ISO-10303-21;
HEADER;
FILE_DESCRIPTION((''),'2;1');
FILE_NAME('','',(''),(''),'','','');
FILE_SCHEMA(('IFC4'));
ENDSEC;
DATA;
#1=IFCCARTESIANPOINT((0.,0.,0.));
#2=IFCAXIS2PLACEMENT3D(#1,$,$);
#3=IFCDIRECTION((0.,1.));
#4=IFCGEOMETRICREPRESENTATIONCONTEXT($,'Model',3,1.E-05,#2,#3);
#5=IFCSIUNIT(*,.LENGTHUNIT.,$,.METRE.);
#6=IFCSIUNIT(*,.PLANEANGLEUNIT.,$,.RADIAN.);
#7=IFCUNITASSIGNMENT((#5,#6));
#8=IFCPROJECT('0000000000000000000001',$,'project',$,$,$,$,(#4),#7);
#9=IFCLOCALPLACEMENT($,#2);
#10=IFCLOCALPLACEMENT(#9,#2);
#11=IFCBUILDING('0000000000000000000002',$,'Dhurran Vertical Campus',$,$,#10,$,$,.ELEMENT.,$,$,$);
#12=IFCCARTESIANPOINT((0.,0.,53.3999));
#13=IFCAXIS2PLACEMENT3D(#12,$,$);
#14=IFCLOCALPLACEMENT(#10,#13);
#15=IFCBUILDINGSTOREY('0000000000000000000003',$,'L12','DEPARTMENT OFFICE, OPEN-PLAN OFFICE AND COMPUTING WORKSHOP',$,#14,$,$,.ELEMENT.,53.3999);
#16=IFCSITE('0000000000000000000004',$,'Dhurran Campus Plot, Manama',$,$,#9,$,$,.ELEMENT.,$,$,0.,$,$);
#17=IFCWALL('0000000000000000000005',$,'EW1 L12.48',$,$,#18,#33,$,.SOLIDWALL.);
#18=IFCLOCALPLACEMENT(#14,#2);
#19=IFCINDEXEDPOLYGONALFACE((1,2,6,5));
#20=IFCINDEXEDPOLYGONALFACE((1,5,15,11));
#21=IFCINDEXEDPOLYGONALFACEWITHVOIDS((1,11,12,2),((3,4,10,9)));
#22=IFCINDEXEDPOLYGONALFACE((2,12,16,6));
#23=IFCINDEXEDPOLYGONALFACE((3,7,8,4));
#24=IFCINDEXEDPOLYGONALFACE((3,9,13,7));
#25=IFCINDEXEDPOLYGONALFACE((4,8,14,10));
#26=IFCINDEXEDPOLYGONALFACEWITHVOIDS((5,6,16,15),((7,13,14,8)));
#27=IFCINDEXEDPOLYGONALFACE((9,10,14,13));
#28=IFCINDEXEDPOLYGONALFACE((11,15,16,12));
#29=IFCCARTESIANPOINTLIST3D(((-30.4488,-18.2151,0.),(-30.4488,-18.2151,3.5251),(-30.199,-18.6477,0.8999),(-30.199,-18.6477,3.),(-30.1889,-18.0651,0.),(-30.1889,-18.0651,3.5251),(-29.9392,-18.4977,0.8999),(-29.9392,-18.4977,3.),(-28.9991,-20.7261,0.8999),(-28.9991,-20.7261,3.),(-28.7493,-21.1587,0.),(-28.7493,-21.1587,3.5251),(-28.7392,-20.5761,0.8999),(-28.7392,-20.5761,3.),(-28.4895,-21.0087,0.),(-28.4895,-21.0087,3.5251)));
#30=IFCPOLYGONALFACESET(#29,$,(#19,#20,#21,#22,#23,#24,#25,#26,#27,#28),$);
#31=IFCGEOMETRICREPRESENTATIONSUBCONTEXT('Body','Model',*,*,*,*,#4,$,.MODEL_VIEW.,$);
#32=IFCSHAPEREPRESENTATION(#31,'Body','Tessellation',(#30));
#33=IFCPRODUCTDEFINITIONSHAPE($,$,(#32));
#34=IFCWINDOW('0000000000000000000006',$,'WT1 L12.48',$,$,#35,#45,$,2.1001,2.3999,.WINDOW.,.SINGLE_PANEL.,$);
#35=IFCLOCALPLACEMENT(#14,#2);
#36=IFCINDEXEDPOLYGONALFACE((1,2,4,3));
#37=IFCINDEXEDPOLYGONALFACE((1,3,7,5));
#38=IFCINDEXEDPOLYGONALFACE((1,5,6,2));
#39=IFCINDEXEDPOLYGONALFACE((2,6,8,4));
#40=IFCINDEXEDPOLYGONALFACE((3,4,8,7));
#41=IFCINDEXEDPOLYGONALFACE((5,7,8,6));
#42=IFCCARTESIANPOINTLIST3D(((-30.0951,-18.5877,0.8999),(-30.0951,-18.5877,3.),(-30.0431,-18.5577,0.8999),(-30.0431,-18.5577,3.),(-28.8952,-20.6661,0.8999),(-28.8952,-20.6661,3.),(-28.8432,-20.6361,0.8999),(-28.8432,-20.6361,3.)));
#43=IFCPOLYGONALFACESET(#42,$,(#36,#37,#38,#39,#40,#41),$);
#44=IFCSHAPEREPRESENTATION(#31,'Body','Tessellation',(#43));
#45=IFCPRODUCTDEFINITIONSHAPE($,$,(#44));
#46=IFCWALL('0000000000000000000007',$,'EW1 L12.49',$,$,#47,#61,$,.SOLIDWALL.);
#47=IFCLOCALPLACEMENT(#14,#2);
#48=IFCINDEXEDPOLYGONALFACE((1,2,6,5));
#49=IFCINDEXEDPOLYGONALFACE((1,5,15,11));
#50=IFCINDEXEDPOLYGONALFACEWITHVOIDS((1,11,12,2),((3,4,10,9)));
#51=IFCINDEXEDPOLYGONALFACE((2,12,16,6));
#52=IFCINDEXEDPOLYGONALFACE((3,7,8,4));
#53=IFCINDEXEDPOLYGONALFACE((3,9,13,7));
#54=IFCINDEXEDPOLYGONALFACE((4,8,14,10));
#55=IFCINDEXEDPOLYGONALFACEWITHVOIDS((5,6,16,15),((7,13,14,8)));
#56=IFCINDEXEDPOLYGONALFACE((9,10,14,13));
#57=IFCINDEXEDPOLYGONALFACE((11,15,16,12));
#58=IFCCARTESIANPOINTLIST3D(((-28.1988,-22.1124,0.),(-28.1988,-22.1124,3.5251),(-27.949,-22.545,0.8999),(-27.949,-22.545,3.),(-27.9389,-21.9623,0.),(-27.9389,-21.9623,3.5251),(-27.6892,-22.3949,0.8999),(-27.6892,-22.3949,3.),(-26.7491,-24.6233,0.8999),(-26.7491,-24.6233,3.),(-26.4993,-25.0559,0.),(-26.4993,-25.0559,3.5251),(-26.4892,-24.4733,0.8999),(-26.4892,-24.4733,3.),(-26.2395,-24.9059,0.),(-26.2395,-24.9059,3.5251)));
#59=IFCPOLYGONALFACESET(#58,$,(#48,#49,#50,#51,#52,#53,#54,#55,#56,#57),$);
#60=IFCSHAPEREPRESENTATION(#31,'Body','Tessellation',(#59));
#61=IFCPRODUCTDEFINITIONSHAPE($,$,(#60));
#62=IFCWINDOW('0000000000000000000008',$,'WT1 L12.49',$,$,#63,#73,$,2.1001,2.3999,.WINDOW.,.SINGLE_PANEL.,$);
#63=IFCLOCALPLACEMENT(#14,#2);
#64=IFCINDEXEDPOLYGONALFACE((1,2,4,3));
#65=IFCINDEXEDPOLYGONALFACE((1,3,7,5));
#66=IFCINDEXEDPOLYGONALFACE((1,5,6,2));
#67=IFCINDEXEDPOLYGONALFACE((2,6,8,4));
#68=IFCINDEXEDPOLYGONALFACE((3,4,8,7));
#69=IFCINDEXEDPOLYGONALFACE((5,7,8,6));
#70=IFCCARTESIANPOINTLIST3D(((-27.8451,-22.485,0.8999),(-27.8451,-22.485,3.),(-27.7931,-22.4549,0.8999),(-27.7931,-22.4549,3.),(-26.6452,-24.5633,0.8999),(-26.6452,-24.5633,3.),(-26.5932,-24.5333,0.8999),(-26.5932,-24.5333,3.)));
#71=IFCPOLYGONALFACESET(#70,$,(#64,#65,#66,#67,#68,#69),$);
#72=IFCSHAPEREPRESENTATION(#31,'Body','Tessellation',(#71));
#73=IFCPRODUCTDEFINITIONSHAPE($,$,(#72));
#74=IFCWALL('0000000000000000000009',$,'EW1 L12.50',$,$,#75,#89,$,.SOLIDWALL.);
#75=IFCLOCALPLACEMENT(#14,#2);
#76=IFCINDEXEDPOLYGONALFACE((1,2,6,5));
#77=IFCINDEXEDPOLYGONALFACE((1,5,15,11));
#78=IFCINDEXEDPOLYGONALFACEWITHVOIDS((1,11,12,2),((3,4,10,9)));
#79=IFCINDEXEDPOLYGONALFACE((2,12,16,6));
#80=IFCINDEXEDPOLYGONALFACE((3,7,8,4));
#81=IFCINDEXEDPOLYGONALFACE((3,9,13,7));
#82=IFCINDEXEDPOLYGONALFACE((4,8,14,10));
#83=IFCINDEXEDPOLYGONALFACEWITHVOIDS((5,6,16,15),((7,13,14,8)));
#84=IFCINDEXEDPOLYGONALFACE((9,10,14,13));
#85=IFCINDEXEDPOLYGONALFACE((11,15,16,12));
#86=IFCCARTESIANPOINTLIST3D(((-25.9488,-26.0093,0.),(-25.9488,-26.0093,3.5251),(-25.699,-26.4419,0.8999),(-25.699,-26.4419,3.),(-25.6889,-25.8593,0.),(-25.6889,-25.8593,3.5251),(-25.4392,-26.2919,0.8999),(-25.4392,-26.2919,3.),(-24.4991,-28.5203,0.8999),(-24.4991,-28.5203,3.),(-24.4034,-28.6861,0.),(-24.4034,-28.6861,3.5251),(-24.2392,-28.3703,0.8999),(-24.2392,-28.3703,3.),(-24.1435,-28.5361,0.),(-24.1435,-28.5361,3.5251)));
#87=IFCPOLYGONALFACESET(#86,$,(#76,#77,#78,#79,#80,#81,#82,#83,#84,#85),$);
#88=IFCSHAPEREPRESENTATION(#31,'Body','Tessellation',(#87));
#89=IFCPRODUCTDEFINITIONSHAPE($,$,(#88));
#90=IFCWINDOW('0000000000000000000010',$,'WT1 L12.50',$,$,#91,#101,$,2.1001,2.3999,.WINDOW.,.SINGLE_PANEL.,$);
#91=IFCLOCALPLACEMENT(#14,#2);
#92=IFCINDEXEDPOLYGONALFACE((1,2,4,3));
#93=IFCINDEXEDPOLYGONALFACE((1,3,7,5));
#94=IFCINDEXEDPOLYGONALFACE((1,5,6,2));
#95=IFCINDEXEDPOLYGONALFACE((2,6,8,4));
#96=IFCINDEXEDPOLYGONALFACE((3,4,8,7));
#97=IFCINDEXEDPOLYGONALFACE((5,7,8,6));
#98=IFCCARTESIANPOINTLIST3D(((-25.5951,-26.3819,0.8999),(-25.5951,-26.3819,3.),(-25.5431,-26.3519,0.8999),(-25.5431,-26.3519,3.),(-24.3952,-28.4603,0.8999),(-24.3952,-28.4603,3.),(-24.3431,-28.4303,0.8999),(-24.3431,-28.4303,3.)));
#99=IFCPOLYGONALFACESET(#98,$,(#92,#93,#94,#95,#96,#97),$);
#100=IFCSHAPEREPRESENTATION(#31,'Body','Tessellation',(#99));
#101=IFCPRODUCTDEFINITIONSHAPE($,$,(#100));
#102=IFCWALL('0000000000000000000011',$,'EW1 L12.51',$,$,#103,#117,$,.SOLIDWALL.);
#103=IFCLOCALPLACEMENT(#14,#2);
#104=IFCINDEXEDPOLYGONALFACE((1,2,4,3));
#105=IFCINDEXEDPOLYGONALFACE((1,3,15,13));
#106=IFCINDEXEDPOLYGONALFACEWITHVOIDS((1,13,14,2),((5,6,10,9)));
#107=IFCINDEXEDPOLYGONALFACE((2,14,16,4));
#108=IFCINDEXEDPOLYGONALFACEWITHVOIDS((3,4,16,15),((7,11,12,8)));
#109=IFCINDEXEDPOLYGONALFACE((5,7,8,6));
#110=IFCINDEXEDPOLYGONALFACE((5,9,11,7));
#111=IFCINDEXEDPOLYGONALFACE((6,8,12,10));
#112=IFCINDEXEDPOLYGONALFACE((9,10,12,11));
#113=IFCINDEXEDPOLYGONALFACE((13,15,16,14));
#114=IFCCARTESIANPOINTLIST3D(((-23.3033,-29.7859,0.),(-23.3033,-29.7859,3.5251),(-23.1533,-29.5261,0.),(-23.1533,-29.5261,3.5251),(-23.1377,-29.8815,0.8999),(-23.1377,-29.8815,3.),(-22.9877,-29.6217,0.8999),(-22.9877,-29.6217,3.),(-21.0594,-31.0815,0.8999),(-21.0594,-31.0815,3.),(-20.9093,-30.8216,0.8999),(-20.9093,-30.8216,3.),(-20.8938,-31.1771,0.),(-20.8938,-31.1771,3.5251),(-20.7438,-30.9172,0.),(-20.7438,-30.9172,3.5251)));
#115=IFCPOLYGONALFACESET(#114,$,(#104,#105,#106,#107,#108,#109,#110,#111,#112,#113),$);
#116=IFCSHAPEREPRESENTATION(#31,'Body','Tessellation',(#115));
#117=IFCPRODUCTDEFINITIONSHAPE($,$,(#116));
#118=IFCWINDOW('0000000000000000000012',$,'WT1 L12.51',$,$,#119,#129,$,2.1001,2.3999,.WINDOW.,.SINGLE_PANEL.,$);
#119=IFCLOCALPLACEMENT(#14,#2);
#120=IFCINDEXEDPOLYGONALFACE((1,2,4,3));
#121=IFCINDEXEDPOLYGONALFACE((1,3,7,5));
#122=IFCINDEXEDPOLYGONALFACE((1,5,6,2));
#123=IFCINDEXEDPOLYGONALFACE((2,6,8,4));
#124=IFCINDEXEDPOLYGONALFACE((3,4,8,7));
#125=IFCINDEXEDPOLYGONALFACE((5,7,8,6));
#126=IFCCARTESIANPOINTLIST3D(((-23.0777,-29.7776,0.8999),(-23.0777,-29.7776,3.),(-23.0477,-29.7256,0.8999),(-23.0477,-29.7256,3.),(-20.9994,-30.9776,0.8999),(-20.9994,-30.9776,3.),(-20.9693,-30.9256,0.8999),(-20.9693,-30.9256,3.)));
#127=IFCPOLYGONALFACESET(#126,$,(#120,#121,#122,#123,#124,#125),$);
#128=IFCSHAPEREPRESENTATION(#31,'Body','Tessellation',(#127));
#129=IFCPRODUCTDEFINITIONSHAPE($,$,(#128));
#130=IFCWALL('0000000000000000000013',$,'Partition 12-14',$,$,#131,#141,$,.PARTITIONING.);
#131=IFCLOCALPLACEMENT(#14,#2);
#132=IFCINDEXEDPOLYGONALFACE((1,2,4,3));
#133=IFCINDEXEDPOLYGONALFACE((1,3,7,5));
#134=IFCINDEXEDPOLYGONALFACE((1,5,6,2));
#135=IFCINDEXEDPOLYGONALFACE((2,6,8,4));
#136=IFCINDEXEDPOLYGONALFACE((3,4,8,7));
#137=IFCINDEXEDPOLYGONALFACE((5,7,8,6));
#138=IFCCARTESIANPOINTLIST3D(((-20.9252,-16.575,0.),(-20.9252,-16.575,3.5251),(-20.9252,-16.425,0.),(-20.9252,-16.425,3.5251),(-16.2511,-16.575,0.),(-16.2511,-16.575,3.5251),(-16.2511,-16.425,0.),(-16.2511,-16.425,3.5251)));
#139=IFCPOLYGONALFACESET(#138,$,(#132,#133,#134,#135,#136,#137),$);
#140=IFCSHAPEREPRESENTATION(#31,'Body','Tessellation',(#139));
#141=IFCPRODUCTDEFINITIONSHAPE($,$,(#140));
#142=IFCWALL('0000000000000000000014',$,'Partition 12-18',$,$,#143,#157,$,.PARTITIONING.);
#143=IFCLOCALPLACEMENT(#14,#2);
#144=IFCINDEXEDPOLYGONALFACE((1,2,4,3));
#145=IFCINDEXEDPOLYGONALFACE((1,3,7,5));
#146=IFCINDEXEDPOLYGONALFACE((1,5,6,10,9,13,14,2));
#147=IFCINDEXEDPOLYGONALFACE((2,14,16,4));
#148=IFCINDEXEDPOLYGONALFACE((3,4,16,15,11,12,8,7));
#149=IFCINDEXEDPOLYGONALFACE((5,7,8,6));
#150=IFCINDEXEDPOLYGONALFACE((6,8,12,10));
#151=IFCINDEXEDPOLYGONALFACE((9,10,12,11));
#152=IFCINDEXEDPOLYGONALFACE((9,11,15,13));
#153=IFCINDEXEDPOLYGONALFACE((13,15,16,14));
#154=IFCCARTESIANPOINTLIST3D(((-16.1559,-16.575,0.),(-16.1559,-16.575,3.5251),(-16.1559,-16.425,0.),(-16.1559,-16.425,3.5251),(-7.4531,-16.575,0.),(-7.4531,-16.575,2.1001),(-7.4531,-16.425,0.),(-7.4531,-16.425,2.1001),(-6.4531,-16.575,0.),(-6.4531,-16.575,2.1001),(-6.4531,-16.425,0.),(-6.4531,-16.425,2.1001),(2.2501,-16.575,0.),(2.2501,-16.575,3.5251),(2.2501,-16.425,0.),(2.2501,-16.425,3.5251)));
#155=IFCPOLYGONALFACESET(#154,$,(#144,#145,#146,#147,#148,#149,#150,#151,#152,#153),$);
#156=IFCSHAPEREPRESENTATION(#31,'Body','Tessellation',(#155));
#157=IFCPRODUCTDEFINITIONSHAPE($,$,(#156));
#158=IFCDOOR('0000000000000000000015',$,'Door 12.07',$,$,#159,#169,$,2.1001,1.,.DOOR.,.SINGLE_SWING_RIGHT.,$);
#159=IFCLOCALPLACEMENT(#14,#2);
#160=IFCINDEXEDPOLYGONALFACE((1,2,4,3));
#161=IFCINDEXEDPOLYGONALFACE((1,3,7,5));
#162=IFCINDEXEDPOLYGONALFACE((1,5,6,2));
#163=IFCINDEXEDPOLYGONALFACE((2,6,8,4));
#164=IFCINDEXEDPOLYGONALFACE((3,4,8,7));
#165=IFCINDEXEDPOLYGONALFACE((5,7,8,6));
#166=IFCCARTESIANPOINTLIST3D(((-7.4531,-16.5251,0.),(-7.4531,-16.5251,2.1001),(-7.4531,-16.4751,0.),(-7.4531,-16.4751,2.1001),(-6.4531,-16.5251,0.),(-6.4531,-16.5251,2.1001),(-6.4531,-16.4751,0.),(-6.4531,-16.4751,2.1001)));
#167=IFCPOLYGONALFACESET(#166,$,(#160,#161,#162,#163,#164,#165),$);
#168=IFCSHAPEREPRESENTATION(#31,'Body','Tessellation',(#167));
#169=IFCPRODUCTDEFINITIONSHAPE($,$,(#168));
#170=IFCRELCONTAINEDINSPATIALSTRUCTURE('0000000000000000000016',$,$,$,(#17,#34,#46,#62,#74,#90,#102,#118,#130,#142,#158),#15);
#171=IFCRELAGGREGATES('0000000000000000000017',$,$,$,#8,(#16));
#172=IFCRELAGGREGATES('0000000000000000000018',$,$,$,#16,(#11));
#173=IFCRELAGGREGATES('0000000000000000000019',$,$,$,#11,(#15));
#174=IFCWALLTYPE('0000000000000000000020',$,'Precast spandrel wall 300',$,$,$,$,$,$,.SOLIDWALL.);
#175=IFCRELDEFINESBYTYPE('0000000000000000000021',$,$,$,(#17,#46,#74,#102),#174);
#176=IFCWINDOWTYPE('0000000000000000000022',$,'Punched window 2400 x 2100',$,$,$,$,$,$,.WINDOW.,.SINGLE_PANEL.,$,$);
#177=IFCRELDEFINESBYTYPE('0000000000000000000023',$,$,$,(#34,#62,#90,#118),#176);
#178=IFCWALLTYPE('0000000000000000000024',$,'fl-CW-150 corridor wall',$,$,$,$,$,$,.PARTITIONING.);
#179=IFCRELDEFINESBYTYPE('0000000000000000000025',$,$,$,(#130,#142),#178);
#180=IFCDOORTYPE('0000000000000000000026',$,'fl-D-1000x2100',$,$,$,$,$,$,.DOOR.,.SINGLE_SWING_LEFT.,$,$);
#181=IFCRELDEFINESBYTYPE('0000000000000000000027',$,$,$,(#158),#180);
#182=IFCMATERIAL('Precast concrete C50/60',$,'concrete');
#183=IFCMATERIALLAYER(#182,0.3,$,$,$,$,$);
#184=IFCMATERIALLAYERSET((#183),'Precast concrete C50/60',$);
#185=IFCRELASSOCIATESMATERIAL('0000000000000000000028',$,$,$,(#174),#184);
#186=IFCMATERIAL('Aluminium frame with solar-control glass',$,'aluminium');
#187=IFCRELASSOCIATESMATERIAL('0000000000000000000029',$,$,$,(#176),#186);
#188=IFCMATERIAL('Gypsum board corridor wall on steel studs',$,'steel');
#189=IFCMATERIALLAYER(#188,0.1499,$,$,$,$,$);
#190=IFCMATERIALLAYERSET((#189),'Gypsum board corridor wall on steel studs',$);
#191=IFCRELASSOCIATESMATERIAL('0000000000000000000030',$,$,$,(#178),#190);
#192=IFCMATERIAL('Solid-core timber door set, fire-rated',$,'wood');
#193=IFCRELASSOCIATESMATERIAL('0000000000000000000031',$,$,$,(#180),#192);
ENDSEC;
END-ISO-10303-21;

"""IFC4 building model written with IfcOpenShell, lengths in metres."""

from ifc_helpers import new_model, si_unit, direction, frame, frame_2d, origin, place, context, subcontext, project, spatial, rectangle, extrude, material, layer, layer_set, type_object, element, fill, save


model = new_model("IFC4")

# Units and contexts
model_context = context("Model", 3, precision=1e-05, world=origin(), true_north=direction((0.0, 1.0)))
body_context = subcontext(model_context, "Body", "Model", "MODEL_VIEW")
ifc_project = project(units=[si_unit("LENGTHUNIT", "METRE"), si_unit("PLANEANGLEUNIT", "RADIAN")], contexts=[model_context])

# Site, building, storey
site_placement = place(None, origin())
site = spatial("IfcSite", under=ifc_project, at=site_placement, Name="Dhurran Campus Plot, Manama", CompositionType="ELEMENT", RefElevation=0.0)
building_placement = place(site_placement, origin())
building = spatial("IfcBuilding", under=site, at=building_placement, Name="Dhurran Vertical Campus", CompositionType="ELEMENT")
storey_placement = place(building_placement, frame((0.0, 0.0, 53.3999)))
storey = spatial("IfcBuildingStorey", under=building, at=storey_placement, Name="L12", Description="DEPARTMENT OFFICE, OPEN-PLAN OFFICE AND COMPUTING WORKSHOP", CompositionType="ELEMENT", Elevation=53.3999)

# Walls, openings, windows
ifc_material_1 = material(Name="Precast concrete C50/60", Category="concrete")
ifc_layer_1 = layer(ifc_material_1, 0.3)
ifc_layer_set_1 = layer_set([ifc_layer_1], Name="Precast concrete C50/60")
wall_type_1 = type_object("IfcWallType", Name="Precast spandrel wall 300", PredefinedType="SOLIDWALL", material=ifc_layer_set_1)
ifc_material_2 = material(Name="Aluminium frame with solar-control glass", Category="aluminium")
window_type = type_object("IfcWindowType", Name="Punched window 2400 x 2100", PartitioningType="SINGLE_PANEL", PredefinedType="WINDOW", material=ifc_material_2)
wall_1_placement = place(storey_placement, frame((-30.3188, -18.1401, 0.0), z_axis=(0.0, 0.0, 1.0), x_axis=(0.499994, -0.866029, 0.0)))
wall_1 = element("IfcWall", 1, at=wall_1_placement, inside=storey, type_object=wall_type_1, Name="EW1 L12.48", PredefinedType="SOLIDWALL", context=body_context, shape_type="SweptSolid", body=[
    extrude(rectangle(XDim=3.3989, YDim=0.3, at=frame_2d((1.6995, 0.0))), origin(), (0.0, 0.0, 1.0), 3.5251),
])
opening_1_placement = place(wall_1_placement, frame((0.4995, 0.0, 0.8999)))
opening_1 = element("IfcOpeningElement", 2, at=opening_1_placement, cuts=wall_1, PredefinedType="OPENING", context=body_context, shape_type="SweptSolid", body=[
    extrude(rectangle(XDim=2.3999, YDim=2.1001, at=frame_2d((1.2, 1.05))), frame((0.0, 0.1599, 0.0), z_axis=(0.0, -1.0, 0.0), x_axis=(1.0, 0.0, 0.0)), (0.0, 0.0, 1.0), 0.3201),
])
window_1_placement = place(opening_1_placement, origin())
window_1 = element("IfcWindow", 3, at=window_1_placement, inside=storey, type_object=window_type, Name="WT1 L12.48", OverallHeight=2.1001, OverallWidth=2.3999, PartitioningType="SINGLE_PANEL", PredefinedType="WINDOW", context=body_context, shape_type="SweptSolid", body=[
    extrude(rectangle(XDim=2.3999, YDim=2.1001, at=frame_2d((1.2, 1.05))), frame((0.0, 0.03, 0.0), z_axis=(0.0, -1.0, 0.0), x_axis=(1.0, 0.0, 0.0)), (0.0, 0.0, 1.0), 0.0601),
])
fill(opening_1, window_1)
wall_2_placement = place(storey_placement, frame((-28.0688, -22.0374, 0.0), z_axis=(0.0, 0.0, 1.0), x_axis=(0.499994, -0.866029, 0.0)))
wall_2 = element("IfcWall", 4, at=wall_2_placement, inside=storey, type_object=wall_type_1, Name="EW1 L12.49", PredefinedType="SOLIDWALL", context=body_context, shape_type="SweptSolid", body=[
    extrude(rectangle(XDim=3.3989, YDim=0.3, at=frame_2d((1.6995, 0.0))), origin(), (0.0, 0.0, 1.0), 3.5251),
])
opening_2_placement = place(wall_2_placement, frame((0.4995, 0.0, 0.8999)))
opening_2 = element("IfcOpeningElement", 5, at=opening_2_placement, cuts=wall_2, PredefinedType="OPENING", context=body_context, shape_type="SweptSolid", body=[
    extrude(rectangle(XDim=2.3999, YDim=2.1001, at=frame_2d((1.2, 1.05))), frame((0.0, 0.1599, 0.0), z_axis=(0.0, -1.0, 0.0), x_axis=(1.0, 0.0, 0.0)), (0.0, 0.0, 1.0), 0.3201),
])
window_2_placement = place(opening_2_placement, origin())
window_2 = element("IfcWindow", 6, at=window_2_placement, inside=storey, type_object=window_type, Name="WT1 L12.49", OverallHeight=2.1001, OverallWidth=2.3999, PartitioningType="SINGLE_PANEL", PredefinedType="WINDOW", context=body_context, shape_type="SweptSolid", body=[
    extrude(rectangle(XDim=2.3999, YDim=2.1001, at=frame_2d((1.2, 1.05))), frame((0.0, 0.03, 0.0), z_axis=(0.0, -1.0, 0.0), x_axis=(1.0, 0.0, 0.0)), (0.0, 0.0, 1.0), 0.0601),
])
fill(opening_2, window_2)
wall_3_placement = place(storey_placement, frame((-25.8188, -25.9343, 0.0), z_axis=(0.0, 0.0, 1.0), x_axis=(0.499996, -0.866028, 0.0)))
wall_3 = element("IfcWall", 7, at=wall_3_placement, inside=storey, type_object=wall_type_1, Name="EW1 L12.50", PredefinedType="SOLIDWALL", context=body_context, shape_type="SweptSolid", body=[
    extrude(rectangle(XDim=3.0908, YDim=0.3, at=frame_2d((1.5454, 0.0))), origin(), (0.0, 0.0, 1.0), 3.5251),
])
opening_3_placement = place(wall_3_placement, frame((0.4995, 0.0, 0.8999)))
opening_3 = element("IfcOpeningElement", 8, at=opening_3_placement, cuts=wall_3, PredefinedType="OPENING", context=body_context, shape_type="SweptSolid", body=[
    extrude(rectangle(XDim=2.3999, YDim=2.1001, at=frame_2d((1.2, 1.05))), frame((0.0, 0.1599, 0.0), z_axis=(0.0, -1.0, 0.0), x_axis=(1.0, 0.0, 0.0)), (0.0, 0.0, 1.0), 0.3201),
])
window_3_placement = place(opening_3_placement, origin())
window_3 = element("IfcWindow", 9, at=window_3_placement, inside=storey, type_object=window_type, Name="WT1 L12.50", OverallHeight=2.1001, OverallWidth=2.3999, PartitioningType="SINGLE_PANEL", PredefinedType="WINDOW", context=body_context, shape_type="SweptSolid", body=[
    extrude(rectangle(XDim=2.3999, YDim=2.1001, at=frame_2d((1.2, 1.05))), frame((0.0, 0.03, 0.0), z_axis=(0.0, -1.0, 0.0), x_axis=(1.0, 0.0, 0.0)), (0.0, 0.0, 1.0), 0.0601),
])
fill(opening_3, window_3)
wall_4_placement = place(storey_placement, frame((-23.2283, -29.656, 0.0), z_axis=(0.0, 0.0, 1.0), x_axis=(0.86602, -0.500009, 0.0)))
wall_4 = element("IfcWall", 10, at=wall_4_placement, inside=storey, type_object=wall_type_1, Name="EW1 L12.51", PredefinedType="SOLIDWALL", context=body_context, shape_type="SweptSolid", body=[
    extrude(rectangle(XDim=2.7822, YDim=0.3, at=frame_2d((1.3911, 0.0))), origin(), (0.0, 0.0, 1.0), 3.5251),
])
opening_4_placement = place(wall_4_placement, frame((0.1912, 0.0, 0.8999)))
opening_4 = element("IfcOpeningElement", 11, at=opening_4_placement, cuts=wall_4, PredefinedType="OPENING", context=body_context, shape_type="SweptSolid", body=[
    extrude(rectangle(XDim=2.3999, YDim=2.1001, at=frame_2d((1.2, 1.05))), frame((0.0, 0.1599, 0.0), z_axis=(0.0, -1.0, 0.0), x_axis=(1.0, 0.0, 0.0)), (0.0, 0.0, 1.0), 0.3201),
])
window_4_placement = place(opening_4_placement, origin())
window_4 = element("IfcWindow", 12, at=window_4_placement, inside=storey, type_object=window_type, Name="WT1 L12.51", OverallHeight=2.1001, OverallWidth=2.3999, PartitioningType="SINGLE_PANEL", PredefinedType="WINDOW", context=body_context, shape_type="SweptSolid", body=[
    extrude(rectangle(XDim=2.3999, YDim=2.1001, at=frame_2d((1.2, 1.05))), frame((0.0, 0.03, 0.0), z_axis=(0.0, -1.0, 0.0), x_axis=(1.0, 0.0, 0.0)), (0.0, 0.0, 1.0), 0.0601),
])
fill(opening_4, window_4)

# Wall
ifc_material_3 = material(Name="Gypsum board corridor wall on steel studs", Category="steel")
ifc_layer_2 = layer(ifc_material_3, 0.1499)
ifc_layer_set_2 = layer_set([ifc_layer_2], Name="Gypsum board corridor wall on steel studs")
wall_type_2 = type_object("IfcWallType", Name="fl-CW-150 corridor wall", PredefinedType="PARTITIONING", material=ifc_layer_set_2)
wall_5_placement = place(storey_placement, frame((-20.925, -16.5, 0.0), z_axis=(0.0, 0.0, 1.0), x_axis=(1.0, 0.0, 0.0)))
element("IfcWall", 13, at=wall_5_placement, inside=storey, type_object=wall_type_2, Name="Partition 12-14", PredefinedType="PARTITIONING", context=body_context, shape_type="SweptSolid", body=[
    extrude(rectangle(XDim=4.6741, YDim=0.1499, at=frame_2d((2.3369, 0.0))), origin(), (0.0, 0.0, 1.0), 3.5251),
])

# Wall, opening, door
wall_6_placement = place(storey_placement, frame((-16.156, -16.5, 0.0), z_axis=(0.0, 0.0, 1.0), x_axis=(1.0, 0.0, 0.0)))
wall_6 = element("IfcWall", 14, at=wall_6_placement, inside=storey, type_object=wall_type_2, Name="Partition 12-18", PredefinedType="PARTITIONING", context=body_context, shape_type="SweptSolid", body=[
    extrude(rectangle(XDim=18.406, YDim=0.1499, at=frame_2d((9.2031, 0.0))), origin(), (0.0, 0.0, 1.0), 3.5251),
])
opening_5_placement = place(wall_6_placement, frame((8.7029, 0.0, 0.0)))
opening_5 = element("IfcOpeningElement", 15, at=opening_5_placement, cuts=wall_6, PredefinedType="OPENING", context=body_context, shape_type="SweptSolid", body=[
    extrude(rectangle(XDim=1.0, YDim=2.1001, at=frame_2d((0.5, 1.05))), frame((0.0, 0.085, 0.0), z_axis=(0.0, -1.0, 0.0), x_axis=(1.0, 0.0, 0.0)), (0.0, 0.0, 1.0), 0.1699),
])
ifc_material_4 = material(Name="Solid-core timber door set, fire-rated", Category="wood")
door_type = type_object("IfcDoorType", Name="fl-D-1000x2100", OperationType="SINGLE_SWING_LEFT", PredefinedType="DOOR", material=ifc_material_4)
door_placement = place(opening_5_placement, origin())
door = element("IfcDoor", 16, at=door_placement, inside=storey, type_object=door_type, Name="Door 12.07", OperationType="SINGLE_SWING_RIGHT", OverallHeight=2.1001, OverallWidth=1.0, PredefinedType="DOOR", context=body_context, shape_type="SweptSolid", body=[
    extrude(rectangle(XDim=1.0, YDim=2.1001, at=frame_2d((0.5, 1.05))), frame((0.0, 0.0249, 0.0), z_axis=(0.0, -1.0, 0.0), x_axis=(1.0, 0.0, 0.0)), (0.0, 0.0, 1.0), 0.05),
])
fill(opening_5, door)

save(model, "model.ifc")
